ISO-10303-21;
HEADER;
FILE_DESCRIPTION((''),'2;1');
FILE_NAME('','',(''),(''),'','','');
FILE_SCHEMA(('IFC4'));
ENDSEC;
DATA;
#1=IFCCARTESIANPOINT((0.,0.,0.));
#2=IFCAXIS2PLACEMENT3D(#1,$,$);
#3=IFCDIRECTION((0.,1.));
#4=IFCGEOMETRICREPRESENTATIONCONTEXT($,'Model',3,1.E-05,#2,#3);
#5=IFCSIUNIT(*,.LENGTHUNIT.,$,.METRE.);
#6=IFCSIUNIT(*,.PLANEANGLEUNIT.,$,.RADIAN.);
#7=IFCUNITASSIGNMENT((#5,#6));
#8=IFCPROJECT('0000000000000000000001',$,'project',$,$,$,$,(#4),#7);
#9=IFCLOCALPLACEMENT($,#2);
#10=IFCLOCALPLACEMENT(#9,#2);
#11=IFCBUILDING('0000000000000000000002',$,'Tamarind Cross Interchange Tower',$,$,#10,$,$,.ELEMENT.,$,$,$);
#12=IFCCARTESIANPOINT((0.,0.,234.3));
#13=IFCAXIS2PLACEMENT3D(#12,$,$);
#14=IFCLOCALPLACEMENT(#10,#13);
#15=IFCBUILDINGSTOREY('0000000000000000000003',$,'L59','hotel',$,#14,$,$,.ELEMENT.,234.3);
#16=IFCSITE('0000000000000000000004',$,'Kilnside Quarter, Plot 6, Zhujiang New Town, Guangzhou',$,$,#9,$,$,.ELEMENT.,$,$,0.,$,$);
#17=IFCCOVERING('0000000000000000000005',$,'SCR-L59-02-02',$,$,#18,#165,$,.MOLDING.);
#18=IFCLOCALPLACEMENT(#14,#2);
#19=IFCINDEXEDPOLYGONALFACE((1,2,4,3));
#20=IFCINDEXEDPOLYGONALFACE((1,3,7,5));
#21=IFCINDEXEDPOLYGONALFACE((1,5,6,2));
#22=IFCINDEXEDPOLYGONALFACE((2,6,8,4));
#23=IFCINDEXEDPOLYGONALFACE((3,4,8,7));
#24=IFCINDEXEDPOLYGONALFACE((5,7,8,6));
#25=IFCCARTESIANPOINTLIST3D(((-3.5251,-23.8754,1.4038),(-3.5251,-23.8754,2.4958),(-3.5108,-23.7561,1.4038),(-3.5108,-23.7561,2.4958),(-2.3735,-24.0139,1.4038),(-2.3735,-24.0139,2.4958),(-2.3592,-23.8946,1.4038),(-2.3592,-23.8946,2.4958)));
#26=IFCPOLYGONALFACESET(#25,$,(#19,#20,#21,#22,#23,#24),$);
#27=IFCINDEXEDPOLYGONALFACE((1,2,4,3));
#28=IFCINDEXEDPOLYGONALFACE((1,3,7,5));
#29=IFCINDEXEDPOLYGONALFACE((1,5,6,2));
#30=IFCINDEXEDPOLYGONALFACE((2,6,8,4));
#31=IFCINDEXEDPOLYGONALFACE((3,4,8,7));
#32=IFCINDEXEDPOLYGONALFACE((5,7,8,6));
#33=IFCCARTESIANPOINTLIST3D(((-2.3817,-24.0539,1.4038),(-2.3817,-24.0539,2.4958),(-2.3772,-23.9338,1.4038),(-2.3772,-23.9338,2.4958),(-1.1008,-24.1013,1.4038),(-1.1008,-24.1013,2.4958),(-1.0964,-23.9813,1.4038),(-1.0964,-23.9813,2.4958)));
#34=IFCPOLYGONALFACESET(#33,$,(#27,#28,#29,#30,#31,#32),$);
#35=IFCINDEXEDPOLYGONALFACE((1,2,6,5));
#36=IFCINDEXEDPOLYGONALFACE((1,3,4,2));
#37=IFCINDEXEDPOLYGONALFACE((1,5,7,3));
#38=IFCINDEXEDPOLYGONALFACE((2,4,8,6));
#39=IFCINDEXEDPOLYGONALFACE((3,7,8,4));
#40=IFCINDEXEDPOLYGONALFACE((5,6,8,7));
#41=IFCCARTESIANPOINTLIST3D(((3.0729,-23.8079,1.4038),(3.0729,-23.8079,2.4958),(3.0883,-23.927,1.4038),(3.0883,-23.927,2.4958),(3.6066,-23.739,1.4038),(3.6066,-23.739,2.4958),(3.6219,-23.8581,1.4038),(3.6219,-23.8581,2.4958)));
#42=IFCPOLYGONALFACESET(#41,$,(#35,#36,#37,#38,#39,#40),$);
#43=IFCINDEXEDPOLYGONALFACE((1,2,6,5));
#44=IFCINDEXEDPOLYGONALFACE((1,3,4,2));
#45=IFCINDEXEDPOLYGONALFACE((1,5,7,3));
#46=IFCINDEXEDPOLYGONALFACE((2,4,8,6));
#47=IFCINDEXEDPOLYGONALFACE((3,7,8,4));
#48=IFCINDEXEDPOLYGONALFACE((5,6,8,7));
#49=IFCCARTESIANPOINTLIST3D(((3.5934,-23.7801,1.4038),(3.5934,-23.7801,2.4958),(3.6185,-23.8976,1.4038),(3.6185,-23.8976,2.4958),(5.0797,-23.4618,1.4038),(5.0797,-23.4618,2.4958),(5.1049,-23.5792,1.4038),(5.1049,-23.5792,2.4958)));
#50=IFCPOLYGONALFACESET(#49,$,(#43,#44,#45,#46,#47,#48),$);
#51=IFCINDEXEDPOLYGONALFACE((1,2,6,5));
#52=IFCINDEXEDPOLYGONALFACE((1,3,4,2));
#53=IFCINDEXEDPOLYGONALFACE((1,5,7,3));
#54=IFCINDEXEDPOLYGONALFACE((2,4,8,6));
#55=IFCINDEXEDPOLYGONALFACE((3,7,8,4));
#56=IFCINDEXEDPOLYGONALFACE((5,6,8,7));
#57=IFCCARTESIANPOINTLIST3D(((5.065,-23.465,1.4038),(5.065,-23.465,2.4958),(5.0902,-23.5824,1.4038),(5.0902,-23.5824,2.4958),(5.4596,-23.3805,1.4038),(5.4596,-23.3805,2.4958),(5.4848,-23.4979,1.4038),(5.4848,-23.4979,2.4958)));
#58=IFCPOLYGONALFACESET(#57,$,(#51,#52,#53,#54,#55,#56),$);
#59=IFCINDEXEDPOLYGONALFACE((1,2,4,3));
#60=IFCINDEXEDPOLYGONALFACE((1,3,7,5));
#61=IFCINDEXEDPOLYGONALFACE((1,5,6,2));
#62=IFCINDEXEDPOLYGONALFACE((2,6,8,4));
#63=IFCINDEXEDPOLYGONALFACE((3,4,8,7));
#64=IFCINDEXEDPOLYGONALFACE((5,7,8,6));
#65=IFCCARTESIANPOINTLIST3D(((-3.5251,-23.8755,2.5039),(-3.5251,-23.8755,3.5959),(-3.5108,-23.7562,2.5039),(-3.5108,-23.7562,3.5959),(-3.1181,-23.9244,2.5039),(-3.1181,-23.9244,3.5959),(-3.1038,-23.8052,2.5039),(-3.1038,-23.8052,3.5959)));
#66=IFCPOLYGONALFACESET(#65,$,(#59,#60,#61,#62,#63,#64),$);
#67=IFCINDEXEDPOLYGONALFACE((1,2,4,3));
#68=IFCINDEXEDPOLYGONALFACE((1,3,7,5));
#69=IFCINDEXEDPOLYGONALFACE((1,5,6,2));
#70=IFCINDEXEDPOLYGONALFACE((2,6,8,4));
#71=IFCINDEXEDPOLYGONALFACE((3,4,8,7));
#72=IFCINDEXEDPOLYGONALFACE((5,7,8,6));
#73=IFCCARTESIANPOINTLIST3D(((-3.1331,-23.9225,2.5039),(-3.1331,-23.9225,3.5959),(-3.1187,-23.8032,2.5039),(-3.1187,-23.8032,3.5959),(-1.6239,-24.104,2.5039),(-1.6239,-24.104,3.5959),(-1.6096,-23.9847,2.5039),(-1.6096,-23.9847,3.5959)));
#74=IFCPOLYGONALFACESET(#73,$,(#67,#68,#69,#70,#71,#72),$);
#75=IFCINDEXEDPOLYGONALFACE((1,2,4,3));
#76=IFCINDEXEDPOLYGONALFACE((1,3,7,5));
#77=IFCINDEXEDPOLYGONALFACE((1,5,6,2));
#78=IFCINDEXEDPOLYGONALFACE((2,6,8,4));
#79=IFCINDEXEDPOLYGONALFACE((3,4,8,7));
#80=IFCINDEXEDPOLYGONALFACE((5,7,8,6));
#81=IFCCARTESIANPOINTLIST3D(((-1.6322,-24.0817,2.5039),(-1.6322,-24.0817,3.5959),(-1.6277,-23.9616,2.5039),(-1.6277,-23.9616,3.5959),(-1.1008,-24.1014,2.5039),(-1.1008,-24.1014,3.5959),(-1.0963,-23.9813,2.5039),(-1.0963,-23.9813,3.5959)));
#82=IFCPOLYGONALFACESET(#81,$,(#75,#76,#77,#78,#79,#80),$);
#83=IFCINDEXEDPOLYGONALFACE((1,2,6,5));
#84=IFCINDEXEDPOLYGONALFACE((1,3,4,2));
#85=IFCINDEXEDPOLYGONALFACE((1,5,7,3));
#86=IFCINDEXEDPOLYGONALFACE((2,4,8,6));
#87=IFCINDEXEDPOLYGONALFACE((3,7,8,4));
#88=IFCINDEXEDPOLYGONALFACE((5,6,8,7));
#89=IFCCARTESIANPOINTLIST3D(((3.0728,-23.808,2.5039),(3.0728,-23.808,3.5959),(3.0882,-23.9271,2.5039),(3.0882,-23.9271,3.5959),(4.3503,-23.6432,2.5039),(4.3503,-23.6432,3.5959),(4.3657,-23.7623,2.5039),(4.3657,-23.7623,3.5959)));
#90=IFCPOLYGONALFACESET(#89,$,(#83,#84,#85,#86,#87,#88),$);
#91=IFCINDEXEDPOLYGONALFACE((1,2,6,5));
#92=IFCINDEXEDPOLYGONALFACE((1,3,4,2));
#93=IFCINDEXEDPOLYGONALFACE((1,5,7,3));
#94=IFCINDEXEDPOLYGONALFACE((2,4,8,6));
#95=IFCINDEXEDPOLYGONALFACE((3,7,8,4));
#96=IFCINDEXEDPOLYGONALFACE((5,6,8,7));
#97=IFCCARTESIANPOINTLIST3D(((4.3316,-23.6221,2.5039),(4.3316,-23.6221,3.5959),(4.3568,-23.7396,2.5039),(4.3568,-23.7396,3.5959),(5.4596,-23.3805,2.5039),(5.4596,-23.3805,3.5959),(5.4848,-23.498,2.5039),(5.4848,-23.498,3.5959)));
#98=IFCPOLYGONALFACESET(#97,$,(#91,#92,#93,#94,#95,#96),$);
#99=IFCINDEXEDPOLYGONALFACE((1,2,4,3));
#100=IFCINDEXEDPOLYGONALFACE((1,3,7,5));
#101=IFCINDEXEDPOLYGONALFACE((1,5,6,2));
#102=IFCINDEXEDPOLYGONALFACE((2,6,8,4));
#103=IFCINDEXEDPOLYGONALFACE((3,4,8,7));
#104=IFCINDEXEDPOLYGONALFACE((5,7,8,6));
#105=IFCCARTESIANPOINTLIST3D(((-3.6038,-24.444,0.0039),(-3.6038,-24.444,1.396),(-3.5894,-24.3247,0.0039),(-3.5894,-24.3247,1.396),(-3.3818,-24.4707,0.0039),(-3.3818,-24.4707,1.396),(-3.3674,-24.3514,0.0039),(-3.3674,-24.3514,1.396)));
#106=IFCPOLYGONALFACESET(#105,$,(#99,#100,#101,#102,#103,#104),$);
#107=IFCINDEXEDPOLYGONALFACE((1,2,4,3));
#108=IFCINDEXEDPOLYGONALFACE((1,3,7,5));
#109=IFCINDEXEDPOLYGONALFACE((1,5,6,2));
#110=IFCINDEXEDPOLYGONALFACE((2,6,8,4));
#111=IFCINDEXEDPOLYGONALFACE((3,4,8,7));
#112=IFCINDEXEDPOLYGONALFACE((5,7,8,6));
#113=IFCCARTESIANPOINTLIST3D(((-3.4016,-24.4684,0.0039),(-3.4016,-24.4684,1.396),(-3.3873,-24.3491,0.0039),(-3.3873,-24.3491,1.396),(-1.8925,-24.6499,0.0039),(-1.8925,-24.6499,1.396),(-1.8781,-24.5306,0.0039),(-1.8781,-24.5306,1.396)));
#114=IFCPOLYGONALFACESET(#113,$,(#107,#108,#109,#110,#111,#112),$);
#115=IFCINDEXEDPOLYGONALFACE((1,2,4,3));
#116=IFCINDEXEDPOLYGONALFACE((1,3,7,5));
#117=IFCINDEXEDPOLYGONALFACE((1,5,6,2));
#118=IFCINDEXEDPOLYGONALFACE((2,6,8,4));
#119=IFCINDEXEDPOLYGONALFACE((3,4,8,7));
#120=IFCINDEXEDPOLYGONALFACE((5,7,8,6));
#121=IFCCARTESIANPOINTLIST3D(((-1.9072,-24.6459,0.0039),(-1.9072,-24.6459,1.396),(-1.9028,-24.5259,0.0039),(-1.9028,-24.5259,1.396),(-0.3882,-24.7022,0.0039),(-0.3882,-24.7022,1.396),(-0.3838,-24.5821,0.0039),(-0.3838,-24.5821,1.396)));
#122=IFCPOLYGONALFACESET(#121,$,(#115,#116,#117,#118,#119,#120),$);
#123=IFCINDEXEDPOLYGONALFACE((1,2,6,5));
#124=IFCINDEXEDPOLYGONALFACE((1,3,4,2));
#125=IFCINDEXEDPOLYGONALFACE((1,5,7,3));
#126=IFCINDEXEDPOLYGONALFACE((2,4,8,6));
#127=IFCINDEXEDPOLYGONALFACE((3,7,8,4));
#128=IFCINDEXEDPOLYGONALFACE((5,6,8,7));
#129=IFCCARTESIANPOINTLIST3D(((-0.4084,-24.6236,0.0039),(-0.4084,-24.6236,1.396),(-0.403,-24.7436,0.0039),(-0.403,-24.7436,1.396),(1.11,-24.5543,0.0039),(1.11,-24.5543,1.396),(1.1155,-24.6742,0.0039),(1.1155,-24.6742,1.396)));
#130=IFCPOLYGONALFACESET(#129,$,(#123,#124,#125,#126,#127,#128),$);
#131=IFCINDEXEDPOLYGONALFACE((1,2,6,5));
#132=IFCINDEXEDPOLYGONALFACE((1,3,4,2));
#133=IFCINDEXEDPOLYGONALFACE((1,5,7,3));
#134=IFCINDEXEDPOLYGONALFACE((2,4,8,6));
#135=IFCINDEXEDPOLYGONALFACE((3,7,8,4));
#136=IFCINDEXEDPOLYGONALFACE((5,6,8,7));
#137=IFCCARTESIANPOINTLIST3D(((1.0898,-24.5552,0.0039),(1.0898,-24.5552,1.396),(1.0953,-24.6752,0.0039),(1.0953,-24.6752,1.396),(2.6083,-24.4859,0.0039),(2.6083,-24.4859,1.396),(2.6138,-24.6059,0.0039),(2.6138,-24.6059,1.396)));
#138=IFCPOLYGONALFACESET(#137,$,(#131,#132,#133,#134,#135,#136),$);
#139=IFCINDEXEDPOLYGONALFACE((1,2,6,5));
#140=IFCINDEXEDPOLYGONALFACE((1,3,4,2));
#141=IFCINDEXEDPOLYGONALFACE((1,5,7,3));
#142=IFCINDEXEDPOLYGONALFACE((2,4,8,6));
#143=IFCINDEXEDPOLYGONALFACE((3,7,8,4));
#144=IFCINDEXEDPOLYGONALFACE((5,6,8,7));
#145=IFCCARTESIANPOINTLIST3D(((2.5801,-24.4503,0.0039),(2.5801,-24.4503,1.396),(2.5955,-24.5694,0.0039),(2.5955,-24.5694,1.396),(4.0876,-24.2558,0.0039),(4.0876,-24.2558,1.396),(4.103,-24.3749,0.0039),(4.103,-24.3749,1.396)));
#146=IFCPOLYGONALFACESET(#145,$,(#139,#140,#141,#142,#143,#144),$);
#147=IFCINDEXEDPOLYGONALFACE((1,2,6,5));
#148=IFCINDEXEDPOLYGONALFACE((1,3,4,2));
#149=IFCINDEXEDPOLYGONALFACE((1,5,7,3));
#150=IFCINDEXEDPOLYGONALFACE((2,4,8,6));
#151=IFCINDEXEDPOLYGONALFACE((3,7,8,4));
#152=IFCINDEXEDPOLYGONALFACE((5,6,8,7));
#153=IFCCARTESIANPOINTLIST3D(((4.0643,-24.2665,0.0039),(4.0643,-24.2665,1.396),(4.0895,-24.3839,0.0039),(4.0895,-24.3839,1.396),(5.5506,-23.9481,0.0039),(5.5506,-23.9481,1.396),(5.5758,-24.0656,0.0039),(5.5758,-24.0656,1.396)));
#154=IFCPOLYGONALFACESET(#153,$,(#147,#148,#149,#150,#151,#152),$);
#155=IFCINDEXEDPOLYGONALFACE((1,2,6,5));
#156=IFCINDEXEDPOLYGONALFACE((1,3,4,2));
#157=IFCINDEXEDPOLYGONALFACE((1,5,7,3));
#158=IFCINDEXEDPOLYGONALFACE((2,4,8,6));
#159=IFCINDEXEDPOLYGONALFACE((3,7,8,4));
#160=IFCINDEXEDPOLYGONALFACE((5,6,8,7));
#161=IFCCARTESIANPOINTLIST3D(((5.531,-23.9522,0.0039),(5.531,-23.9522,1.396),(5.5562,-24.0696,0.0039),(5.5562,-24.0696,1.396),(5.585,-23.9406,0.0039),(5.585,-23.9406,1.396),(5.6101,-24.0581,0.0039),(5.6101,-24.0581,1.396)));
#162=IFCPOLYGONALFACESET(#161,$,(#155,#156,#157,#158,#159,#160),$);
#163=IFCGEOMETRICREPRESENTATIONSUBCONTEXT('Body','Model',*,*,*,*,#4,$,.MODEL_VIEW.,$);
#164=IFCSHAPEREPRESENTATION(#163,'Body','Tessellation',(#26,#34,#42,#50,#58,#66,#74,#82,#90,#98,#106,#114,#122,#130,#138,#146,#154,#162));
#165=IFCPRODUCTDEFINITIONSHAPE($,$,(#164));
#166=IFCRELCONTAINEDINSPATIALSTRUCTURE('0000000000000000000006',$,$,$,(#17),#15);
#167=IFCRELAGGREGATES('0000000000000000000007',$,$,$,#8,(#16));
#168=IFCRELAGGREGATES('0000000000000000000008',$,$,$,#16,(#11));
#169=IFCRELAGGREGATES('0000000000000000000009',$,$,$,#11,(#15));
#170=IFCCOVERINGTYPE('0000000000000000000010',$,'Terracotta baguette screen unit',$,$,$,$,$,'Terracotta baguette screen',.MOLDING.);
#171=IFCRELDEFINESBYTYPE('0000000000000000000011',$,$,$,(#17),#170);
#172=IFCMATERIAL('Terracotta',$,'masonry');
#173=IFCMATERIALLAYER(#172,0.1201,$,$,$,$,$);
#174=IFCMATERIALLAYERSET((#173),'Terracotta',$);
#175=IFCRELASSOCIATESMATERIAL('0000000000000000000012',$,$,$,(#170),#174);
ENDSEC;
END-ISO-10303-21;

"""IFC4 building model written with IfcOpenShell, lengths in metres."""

from ifc_helpers import new_model, si_unit, direction, frame, origin, origin_2d, place, context, subcontext, project, spatial, rectangle, extrude, material, layer, layer_set, type_object, element, save


model = new_model("IFC4")

# Units and contexts
model_context = context("Model", 3, precision=1e-05, world=origin(), true_north=direction((0.0, 1.0)))
body_context = subcontext(model_context, "Body", "Model", "MODEL_VIEW")
ifc_project = project(units=[si_unit("LENGTHUNIT", "METRE"), si_unit("PLANEANGLEUNIT", "RADIAN")], contexts=[model_context])

# Site, building, storey
site_placement = place(None, origin())
site = spatial("IfcSite", under=ifc_project, at=site_placement, Name="Kilnside Quarter, Plot 6, Zhujiang New Town, Guangzhou", CompositionType="ELEMENT", RefElevation=0.0)
building_placement = place(site_placement, origin())
building = spatial("IfcBuilding", under=site, at=building_placement, Name="Tamarind Cross Interchange Tower", CompositionType="ELEMENT")
storey_placement = place(building_placement, frame((0.0, 0.0, 234.3)))
storey = spatial("IfcBuildingStorey", under=building, at=storey_placement, Name="L59", Description="hotel", CompositionType="ELEMENT", Elevation=234.3)

# Covering
ifc_material_1 = material(Name="Terracotta", Category="masonry")
ifc_layer_1 = layer(ifc_material_1, 0.1201)
ifc_layer_set_1 = layer_set([ifc_layer_1], Name="Terracotta")
covering_type = type_object("IfcCoveringType", Name="Terracotta baguette screen unit", ElementType="Terracotta baguette screen", PredefinedType="MOLDING", material=ifc_layer_set_1)
covering_1_placement = place(storey_placement, origin())
element("IfcCovering", 1, at=covering_1_placement, inside=storey, type_object=covering_type, Name="SCR-L59-02-02", PredefinedType="MOLDING", context=body_context, shape_type="SweptSolid", body=[
    extrude(rectangle(XDim=1.1599, YDim=0.1201, at=origin_2d()), frame((-2.9421, -23.885, 1.4038), z_axis=(0.0, 0.0, 1.0), x_axis=(0.992844, -0.119421, 0.0)), (0.0, 0.0, 1.0), 1.092),
    extrude(rectangle(XDim=1.2817, YDim=0.1201, at=origin_2d()), frame((-1.739, -24.0176, 1.4038), z_axis=(0.0, 0.0, 1.0), x_axis=(0.999314, -0.037025, 0.0)), (0.0, 0.0, 1.0), 1.092),
    extrude(rectangle(XDim=0.5381, YDim=0.1201, at=origin_2d()), frame((3.3474, -23.833, 1.4038), z_axis=(0.0, 0.0, 1.0), x_axis=(0.991779, 0.127962, 0.0)), (0.0, 0.0, 1.0), 1.092),
    extrude(rectangle(XDim=1.52, YDim=0.1201, at=origin_2d()), frame((4.3491, -23.6797, 1.4038), z_axis=(0.0, 0.0, 1.0), x_axis=(0.977825, 0.209425, 0.0)), (0.0, 0.0, 1.0), 1.092),
    extrude(rectangle(XDim=0.4036, YDim=0.1201, at=origin_2d()), frame((5.2749, -23.4814, 1.4038), z_axis=(0.0, 0.0, 1.0), x_axis=(0.977825, 0.209425, 0.0)), (0.0, 0.0, 1.0), 1.092),
    extrude(rectangle(XDim=0.4099, YDim=0.1201, at=origin_2d()), frame((-3.3145, -23.8403, 2.5039), z_axis=(0.0, 0.0, 1.0), x_axis=(0.992844, -0.119421, 0.0)), (0.0, 0.0, 1.0), 1.092),
    extrude(rectangle(XDim=1.52, YDim=0.1201, at=origin_2d()), frame((-2.3713, -23.9536, 2.5039), z_axis=(0.0, 0.0, 1.0), x_axis=(0.992844, -0.119421, 0.0)), (0.0, 0.0, 1.0), 1.092),
    extrude(rectangle(XDim=0.5317, YDim=0.1201, at=origin_2d()), frame((-1.3643, -24.0315, 2.5039), z_axis=(0.0, 0.0, 1.0), x_axis=(0.999314, -0.037025, 0.0)), (0.0, 0.0, 1.0), 1.092),
    extrude(rectangle(XDim=1.2881, YDim=0.1201, at=origin_2d()), frame((3.7192, -23.7852, 2.5039), z_axis=(0.0, 0.0, 1.0), x_axis=(0.991779, 0.127962, 0.0)), (0.0, 0.0, 1.0), 1.092),
    extrude(rectangle(XDim=1.1536, YDim=0.1201, at=origin_2d()), frame((4.9082, -23.5601, 2.5039), z_axis=(0.0, 0.0, 1.0), x_axis=(0.977825, 0.209425, 0.0)), (0.0, 0.0, 1.0), 1.092),
    extrude(rectangle(XDim=0.2236, YDim=0.1201, at=origin_2d()), frame((-3.4856, -24.3977, 0.0039), z_axis=(0.0, 0.0, 1.0), x_axis=(0.992844, -0.119421, 0.0)), (0.0, 0.0, 1.0), 1.3921),
    extrude(rectangle(XDim=1.52, YDim=0.1201, at=origin_2d()), frame((-2.6399, -24.4995, 0.0039), z_axis=(0.0, 0.0, 1.0), x_axis=(0.992844, -0.119421, 0.0)), (0.0, 0.0, 1.0), 1.3921),
    extrude(rectangle(XDim=1.52, YDim=0.1201, at=origin_2d()), frame((-1.1455, -24.614, 0.0039), z_axis=(0.0, 0.0, 1.0), x_axis=(0.999314, -0.037025, 0.0)), (0.0, 0.0, 1.0), 1.3921),
    extrude(rectangle(XDim=1.52, YDim=0.1201, at=origin_2d()), frame((0.3535, -24.6489, 0.0039), z_axis=(0.0, 0.0, 1.0), x_axis=(0.998959, 0.045624, 0.0)), (0.0, 0.0, 1.0), 1.3921),
    extrude(rectangle(XDim=1.52, YDim=0.1201, at=origin_2d()), frame((1.8518, -24.5806, 0.0039), z_axis=(0.0, 0.0, 1.0), x_axis=(0.998959, 0.045624, 0.0)), (0.0, 0.0, 1.0), 1.3921),
    extrude(rectangle(XDim=1.52, YDim=0.1201, at=origin_2d()), frame((3.3416, -24.4126, 0.0039), z_axis=(0.0, 0.0, 1.0), x_axis=(0.991779, 0.127962, 0.0)), (0.0, 0.0, 1.0), 1.3921),
    extrude(rectangle(XDim=1.52, YDim=0.1201, at=origin_2d()), frame((4.8201, -24.166, 0.0039), z_axis=(0.0, 0.0, 1.0), x_axis=(0.977825, 0.209425, 0.0)), (0.0, 0.0, 1.0), 1.3921),
    extrude(rectangle(XDim=0.0552, YDim=0.1201, at=origin_2d()), frame((5.5706, -24.0051, 0.0039), z_axis=(0.0, 0.0, 1.0), x_axis=(0.977825, 0.209425, 0.0)), (0.0, 0.0, 1.0), 1.3921),
])

save(model, "model.ifc")
